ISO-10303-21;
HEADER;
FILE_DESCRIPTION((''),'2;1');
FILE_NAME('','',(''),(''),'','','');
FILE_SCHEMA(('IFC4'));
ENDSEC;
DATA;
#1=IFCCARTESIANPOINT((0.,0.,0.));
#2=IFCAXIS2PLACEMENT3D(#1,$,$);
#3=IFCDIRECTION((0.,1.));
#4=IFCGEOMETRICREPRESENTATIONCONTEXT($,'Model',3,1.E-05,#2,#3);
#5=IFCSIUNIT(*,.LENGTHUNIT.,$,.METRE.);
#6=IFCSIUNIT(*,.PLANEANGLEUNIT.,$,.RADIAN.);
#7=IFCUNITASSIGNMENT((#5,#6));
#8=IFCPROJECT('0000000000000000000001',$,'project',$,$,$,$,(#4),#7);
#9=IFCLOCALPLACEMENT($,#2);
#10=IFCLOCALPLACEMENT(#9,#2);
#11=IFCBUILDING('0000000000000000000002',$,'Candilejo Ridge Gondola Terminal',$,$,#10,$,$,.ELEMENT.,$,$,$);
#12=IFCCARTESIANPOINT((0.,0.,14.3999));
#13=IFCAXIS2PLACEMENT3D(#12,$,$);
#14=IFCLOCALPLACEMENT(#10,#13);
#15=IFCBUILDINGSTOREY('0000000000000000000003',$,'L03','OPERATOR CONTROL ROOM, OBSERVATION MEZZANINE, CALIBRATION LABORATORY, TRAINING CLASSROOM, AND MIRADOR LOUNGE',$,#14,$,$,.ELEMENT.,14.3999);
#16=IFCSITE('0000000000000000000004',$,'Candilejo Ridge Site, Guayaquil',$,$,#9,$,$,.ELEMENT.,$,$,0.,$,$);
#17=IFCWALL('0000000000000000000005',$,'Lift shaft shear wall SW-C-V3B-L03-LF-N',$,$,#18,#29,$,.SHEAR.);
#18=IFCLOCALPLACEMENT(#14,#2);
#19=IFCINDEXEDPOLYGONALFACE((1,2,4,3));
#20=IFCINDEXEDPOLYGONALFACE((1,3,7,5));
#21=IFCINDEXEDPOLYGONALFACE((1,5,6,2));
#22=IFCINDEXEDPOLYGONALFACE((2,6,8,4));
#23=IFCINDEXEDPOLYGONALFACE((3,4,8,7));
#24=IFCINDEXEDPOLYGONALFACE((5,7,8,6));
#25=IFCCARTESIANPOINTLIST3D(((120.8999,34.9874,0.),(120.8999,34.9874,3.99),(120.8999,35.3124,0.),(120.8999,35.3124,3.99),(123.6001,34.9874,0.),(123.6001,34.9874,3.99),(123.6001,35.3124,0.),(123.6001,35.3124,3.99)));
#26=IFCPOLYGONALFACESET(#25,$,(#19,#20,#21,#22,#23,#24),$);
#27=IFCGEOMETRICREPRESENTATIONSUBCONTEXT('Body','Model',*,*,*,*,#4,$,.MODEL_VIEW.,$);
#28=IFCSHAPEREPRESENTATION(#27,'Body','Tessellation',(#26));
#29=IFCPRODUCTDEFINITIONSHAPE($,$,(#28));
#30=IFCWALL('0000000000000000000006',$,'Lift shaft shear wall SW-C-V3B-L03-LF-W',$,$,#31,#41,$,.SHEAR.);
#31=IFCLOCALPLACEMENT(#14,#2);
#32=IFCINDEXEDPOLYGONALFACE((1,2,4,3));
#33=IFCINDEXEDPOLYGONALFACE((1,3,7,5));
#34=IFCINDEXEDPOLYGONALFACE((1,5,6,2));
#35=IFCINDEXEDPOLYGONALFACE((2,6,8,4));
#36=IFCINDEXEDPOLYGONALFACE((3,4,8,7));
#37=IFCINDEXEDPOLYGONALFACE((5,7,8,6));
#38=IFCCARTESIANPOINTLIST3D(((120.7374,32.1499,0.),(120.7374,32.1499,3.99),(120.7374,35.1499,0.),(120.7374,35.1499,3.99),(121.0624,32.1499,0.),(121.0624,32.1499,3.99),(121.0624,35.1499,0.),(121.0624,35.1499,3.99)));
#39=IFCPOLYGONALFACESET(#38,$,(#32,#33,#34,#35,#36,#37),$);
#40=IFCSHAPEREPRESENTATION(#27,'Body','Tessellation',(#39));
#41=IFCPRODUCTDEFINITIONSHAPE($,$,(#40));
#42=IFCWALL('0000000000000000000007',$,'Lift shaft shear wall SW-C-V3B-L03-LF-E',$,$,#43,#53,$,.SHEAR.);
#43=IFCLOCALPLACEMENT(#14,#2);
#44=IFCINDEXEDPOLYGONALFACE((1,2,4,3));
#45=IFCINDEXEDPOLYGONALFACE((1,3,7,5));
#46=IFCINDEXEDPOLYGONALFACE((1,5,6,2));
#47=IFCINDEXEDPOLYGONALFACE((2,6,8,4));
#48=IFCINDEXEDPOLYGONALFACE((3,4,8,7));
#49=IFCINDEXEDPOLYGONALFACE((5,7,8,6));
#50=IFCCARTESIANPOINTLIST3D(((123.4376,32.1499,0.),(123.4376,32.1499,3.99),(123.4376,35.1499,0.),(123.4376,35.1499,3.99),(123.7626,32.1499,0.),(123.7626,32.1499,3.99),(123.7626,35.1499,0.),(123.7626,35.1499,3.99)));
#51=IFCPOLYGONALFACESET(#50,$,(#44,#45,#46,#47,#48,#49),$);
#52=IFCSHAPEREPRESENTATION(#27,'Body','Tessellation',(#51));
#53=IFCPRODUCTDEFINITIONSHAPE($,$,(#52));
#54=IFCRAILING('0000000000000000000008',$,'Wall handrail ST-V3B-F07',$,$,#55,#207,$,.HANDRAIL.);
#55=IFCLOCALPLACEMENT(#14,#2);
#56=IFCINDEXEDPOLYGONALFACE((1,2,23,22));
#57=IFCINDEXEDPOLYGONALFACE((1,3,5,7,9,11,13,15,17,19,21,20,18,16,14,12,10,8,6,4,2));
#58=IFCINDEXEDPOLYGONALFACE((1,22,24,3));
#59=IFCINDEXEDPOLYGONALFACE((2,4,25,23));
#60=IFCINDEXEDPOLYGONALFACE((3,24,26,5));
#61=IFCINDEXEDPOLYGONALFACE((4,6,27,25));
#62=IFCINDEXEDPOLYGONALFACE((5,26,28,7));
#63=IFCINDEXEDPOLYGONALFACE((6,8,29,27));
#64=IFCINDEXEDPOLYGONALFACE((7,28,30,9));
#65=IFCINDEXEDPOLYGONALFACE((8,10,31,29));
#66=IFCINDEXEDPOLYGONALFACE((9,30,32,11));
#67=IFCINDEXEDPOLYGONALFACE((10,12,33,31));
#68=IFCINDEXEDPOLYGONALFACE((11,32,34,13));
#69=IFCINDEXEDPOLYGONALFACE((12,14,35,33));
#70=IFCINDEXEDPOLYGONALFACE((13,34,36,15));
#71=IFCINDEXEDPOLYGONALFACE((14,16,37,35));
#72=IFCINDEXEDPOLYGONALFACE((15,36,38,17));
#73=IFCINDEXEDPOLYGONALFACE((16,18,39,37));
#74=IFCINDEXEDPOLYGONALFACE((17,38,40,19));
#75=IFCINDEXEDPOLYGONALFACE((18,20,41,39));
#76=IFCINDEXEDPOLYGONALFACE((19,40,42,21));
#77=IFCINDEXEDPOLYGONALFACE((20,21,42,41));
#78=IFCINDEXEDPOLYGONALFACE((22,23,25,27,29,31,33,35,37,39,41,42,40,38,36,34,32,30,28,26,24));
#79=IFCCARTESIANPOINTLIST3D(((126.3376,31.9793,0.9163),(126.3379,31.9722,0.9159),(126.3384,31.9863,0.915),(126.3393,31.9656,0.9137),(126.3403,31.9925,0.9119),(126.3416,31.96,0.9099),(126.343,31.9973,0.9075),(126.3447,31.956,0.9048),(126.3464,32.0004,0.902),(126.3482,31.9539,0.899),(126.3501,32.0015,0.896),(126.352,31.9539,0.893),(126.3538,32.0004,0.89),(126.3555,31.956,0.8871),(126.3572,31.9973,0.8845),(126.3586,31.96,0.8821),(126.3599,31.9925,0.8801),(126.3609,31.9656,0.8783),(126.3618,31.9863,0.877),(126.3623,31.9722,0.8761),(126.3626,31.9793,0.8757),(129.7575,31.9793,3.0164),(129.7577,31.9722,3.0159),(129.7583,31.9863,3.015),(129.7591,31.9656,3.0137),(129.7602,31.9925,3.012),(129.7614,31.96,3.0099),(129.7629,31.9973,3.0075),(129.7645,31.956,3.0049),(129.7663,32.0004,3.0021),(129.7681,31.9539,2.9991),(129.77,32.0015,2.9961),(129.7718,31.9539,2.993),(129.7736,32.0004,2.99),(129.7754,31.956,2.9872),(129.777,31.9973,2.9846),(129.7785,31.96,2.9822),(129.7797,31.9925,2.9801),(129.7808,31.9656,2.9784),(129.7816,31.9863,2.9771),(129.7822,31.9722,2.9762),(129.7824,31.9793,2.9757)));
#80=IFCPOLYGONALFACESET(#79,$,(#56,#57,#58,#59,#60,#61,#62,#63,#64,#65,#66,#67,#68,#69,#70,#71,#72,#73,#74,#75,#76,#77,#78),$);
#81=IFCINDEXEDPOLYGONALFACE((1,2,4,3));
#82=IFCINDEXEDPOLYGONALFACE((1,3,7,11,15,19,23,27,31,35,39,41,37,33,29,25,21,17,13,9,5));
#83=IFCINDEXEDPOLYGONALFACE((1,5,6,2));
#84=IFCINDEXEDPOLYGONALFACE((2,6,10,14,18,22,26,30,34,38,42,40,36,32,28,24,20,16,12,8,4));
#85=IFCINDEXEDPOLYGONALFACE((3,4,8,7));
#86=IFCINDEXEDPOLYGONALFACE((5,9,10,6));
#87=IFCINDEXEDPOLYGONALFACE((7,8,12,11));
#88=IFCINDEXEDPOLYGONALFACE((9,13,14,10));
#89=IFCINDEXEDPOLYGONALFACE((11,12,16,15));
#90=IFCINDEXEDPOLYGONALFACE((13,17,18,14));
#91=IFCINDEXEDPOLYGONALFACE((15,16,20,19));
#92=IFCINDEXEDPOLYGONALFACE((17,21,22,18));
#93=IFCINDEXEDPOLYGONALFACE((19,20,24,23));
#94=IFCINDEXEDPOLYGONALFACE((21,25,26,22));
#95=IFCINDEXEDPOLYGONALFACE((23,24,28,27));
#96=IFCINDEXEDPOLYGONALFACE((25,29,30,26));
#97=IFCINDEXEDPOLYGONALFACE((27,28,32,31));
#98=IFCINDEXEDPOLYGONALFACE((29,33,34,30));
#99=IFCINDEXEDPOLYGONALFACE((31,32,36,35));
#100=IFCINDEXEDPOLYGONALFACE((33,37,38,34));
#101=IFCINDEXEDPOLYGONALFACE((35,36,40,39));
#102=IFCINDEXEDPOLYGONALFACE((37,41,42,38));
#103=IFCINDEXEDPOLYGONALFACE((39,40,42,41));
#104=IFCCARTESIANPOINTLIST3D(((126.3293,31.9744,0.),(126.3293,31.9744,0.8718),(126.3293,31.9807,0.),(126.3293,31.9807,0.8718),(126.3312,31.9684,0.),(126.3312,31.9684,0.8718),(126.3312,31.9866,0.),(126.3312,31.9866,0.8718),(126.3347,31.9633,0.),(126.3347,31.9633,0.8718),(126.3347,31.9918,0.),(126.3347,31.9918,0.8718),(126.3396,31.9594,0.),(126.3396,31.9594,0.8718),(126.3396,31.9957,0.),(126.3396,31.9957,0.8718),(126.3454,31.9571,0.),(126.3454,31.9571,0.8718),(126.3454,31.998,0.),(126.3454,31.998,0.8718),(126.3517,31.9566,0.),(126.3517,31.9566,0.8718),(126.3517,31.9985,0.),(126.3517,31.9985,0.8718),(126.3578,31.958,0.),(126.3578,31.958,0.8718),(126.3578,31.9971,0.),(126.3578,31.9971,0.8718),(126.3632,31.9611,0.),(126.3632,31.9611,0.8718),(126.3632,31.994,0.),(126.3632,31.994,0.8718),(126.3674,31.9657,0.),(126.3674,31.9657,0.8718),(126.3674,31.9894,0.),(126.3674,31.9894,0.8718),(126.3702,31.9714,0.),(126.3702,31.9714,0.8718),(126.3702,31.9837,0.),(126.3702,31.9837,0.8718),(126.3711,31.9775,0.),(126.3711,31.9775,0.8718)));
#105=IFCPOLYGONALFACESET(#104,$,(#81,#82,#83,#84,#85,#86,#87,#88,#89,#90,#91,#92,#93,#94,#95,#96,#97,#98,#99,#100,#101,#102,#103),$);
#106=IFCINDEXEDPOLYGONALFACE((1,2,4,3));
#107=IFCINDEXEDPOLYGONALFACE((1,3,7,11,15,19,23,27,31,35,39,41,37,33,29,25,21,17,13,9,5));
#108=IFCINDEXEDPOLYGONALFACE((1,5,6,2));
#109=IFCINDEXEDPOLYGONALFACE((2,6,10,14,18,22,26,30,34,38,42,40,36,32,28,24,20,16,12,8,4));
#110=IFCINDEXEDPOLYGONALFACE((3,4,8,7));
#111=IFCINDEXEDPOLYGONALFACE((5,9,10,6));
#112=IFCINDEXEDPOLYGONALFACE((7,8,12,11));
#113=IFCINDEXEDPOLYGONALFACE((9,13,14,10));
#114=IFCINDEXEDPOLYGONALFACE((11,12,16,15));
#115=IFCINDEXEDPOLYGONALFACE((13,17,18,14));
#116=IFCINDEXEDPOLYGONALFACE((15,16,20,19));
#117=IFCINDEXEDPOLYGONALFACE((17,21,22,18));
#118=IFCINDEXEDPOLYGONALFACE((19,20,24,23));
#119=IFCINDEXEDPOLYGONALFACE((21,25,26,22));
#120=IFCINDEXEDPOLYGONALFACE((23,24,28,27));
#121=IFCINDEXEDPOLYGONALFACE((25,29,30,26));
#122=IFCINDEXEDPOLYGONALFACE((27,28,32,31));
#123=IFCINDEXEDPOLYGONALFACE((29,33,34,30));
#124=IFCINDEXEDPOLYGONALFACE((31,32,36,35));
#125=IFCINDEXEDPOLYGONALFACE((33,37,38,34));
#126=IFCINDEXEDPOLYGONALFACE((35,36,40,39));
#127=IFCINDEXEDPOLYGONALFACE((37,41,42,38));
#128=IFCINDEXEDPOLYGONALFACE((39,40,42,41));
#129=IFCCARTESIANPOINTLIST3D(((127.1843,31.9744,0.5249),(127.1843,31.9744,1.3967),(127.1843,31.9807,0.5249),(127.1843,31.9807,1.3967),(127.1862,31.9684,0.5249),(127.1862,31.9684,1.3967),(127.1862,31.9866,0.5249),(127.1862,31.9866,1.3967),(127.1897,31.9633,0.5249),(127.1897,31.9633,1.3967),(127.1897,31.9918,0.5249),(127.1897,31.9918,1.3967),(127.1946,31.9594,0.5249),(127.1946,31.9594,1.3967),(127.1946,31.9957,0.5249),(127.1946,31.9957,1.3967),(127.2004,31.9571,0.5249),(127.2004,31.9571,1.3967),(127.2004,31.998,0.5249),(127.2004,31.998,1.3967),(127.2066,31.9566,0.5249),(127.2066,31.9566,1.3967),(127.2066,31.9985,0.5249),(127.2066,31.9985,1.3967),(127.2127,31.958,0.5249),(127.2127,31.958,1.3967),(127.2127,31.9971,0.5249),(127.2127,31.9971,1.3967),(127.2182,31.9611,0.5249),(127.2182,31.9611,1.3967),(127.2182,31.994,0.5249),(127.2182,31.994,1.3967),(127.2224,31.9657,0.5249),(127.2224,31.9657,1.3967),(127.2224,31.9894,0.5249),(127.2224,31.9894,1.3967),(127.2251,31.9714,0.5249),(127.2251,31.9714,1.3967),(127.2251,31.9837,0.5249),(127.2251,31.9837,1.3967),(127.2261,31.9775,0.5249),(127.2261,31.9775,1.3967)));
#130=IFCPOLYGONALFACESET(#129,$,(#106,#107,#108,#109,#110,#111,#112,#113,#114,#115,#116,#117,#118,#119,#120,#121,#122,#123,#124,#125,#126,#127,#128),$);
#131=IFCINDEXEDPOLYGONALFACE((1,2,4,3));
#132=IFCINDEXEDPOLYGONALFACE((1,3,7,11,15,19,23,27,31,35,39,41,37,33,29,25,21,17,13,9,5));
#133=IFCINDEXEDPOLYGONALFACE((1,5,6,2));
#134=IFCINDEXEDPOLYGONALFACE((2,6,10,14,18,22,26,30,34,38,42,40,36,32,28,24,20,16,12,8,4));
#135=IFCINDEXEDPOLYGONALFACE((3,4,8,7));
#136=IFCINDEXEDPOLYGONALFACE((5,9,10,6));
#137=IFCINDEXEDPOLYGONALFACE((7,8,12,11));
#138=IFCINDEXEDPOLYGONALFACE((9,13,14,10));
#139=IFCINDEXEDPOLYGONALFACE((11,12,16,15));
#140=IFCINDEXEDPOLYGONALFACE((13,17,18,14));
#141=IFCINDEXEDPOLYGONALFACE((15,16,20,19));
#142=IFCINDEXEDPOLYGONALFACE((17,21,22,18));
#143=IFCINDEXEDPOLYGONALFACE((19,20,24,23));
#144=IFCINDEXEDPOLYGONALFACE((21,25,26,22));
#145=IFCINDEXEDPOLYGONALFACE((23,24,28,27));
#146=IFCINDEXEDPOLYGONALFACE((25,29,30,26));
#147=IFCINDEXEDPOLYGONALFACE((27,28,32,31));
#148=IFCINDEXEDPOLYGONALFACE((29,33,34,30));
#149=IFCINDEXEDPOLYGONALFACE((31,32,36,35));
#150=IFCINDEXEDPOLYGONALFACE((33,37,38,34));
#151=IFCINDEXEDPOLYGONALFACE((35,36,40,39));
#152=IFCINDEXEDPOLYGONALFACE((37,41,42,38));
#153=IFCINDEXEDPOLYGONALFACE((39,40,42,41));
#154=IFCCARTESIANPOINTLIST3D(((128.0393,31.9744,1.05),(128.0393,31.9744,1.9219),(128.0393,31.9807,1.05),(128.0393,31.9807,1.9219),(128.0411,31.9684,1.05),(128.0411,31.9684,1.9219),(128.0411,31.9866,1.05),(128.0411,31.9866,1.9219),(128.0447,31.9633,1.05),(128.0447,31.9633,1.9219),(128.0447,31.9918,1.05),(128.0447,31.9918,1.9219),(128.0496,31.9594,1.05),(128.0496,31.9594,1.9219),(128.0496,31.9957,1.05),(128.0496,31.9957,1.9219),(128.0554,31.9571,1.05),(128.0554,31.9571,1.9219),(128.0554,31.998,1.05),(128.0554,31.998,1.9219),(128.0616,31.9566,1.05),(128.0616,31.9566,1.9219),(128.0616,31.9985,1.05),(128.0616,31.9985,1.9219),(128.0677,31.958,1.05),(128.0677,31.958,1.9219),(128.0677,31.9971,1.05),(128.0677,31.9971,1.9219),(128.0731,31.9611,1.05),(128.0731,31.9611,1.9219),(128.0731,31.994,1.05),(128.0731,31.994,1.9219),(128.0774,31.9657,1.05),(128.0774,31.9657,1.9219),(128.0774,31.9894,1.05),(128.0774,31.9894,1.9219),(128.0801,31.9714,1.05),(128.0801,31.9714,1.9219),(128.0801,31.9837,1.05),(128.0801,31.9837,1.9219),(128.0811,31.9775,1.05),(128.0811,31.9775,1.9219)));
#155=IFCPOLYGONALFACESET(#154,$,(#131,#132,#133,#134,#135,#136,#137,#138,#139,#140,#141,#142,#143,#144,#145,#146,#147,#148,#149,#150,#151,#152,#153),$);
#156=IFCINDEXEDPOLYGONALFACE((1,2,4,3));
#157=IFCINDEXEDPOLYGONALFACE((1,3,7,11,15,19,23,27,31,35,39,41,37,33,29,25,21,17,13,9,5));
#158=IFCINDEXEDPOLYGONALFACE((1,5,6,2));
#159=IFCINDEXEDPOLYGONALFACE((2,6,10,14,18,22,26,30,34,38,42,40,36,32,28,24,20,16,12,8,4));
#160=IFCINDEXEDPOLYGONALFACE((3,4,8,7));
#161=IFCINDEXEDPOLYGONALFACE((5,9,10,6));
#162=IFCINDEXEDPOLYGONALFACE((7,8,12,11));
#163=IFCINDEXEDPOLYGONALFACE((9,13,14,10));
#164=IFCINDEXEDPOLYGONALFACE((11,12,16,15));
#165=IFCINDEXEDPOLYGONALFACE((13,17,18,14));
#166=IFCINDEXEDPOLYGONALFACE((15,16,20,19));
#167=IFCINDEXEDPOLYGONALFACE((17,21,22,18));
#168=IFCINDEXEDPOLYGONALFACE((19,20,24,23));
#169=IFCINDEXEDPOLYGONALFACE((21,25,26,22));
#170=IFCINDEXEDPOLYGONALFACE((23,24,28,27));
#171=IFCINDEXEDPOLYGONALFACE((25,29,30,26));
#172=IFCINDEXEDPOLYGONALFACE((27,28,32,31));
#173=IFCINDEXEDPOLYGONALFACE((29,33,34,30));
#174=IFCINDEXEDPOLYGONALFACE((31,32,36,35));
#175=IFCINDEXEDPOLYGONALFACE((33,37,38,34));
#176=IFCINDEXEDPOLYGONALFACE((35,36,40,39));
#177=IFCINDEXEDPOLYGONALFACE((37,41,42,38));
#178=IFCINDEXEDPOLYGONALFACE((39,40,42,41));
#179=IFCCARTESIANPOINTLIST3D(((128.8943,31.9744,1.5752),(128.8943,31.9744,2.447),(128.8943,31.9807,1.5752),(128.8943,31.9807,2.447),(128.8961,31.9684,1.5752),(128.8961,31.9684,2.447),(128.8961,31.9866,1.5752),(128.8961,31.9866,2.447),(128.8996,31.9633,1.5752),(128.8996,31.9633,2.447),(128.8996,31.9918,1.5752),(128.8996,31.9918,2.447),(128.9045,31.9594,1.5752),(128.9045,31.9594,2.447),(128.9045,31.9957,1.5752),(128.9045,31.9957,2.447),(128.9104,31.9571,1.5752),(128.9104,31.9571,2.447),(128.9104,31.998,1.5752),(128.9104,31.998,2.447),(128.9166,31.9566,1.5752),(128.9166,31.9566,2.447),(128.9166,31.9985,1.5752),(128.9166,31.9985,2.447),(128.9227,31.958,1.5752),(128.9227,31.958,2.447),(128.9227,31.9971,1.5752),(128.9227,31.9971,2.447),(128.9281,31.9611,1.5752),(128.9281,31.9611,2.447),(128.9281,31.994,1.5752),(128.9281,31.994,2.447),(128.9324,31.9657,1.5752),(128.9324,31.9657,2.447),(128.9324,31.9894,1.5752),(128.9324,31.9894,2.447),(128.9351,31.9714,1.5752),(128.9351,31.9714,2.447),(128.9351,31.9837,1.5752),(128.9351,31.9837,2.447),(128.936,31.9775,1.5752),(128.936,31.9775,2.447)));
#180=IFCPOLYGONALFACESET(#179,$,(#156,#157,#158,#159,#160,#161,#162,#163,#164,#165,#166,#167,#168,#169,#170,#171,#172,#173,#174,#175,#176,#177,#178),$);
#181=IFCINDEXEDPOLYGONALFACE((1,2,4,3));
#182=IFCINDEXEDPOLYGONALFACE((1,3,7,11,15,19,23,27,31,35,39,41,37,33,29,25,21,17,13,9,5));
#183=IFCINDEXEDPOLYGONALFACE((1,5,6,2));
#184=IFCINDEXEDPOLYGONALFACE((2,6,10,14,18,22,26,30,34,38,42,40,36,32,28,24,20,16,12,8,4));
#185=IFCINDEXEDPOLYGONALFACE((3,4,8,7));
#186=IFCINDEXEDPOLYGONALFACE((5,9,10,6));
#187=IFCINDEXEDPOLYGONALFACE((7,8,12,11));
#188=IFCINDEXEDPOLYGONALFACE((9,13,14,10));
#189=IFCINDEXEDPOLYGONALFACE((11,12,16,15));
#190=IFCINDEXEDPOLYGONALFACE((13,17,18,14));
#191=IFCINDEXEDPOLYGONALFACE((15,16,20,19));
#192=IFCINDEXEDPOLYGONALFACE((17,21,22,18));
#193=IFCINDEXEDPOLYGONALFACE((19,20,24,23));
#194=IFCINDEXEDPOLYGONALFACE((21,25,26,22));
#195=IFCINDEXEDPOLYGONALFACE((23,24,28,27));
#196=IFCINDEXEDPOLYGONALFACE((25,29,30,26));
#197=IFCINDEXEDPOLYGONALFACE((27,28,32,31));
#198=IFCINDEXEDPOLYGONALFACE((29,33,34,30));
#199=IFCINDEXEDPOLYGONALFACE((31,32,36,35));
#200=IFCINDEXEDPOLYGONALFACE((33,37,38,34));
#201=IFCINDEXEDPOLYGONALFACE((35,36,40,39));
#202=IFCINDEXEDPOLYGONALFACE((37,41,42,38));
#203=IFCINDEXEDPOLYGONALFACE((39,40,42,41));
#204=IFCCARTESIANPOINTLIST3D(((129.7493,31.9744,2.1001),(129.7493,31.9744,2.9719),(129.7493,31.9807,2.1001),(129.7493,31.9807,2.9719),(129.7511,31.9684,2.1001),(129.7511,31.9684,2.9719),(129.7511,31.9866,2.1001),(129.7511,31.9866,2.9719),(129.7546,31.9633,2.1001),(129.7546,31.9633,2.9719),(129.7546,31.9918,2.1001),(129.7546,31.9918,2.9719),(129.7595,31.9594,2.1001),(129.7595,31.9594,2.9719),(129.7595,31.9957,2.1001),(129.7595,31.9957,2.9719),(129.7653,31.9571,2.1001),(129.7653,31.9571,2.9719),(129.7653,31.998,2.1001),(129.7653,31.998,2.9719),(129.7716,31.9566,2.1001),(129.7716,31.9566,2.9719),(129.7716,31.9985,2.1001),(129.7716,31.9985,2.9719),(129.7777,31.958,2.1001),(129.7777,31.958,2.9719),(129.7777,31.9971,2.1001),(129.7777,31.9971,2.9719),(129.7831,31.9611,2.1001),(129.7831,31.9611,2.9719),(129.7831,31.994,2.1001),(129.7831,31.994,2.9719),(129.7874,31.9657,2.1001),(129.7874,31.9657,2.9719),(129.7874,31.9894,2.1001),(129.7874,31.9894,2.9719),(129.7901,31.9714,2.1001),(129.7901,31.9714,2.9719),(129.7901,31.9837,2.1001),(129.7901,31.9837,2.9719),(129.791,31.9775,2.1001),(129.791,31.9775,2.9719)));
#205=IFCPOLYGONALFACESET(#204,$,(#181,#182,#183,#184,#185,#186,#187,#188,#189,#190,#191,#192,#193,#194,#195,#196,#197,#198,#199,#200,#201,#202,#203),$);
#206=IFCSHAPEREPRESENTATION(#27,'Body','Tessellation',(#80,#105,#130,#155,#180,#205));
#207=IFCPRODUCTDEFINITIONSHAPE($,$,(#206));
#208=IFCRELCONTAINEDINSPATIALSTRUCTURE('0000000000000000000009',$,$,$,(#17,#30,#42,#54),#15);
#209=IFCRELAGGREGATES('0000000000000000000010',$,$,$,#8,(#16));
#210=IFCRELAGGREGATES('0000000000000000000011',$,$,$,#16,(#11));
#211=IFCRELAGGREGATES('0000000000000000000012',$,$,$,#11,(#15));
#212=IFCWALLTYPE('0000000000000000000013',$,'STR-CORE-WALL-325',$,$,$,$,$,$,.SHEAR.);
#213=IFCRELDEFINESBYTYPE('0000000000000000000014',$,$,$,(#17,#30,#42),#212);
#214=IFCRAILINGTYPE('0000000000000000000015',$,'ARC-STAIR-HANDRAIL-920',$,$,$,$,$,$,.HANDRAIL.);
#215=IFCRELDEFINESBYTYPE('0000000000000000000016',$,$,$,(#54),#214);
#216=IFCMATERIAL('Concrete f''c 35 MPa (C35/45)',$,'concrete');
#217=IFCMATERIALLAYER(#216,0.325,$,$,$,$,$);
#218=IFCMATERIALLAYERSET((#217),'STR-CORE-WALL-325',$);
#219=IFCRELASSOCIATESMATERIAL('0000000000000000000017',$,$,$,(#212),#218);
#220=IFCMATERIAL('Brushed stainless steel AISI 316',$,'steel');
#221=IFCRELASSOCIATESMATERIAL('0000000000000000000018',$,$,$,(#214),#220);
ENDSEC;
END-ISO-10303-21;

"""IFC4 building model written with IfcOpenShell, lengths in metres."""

from ifc_helpers import new_model, si_unit, direction, frame, frame_2d, origin, origin_2d, place, context, subcontext, project, spatial, rectangle, circle, extrude, material, layer, layer_set, type_object, element, save


model = new_model("IFC4")

# Units and contexts
model_context = context("Model", 3, precision=1e-05, world=origin(), true_north=direction((0.0, 1.0)))
body_context = subcontext(model_context, "Body", "Model", "MODEL_VIEW")
ifc_project = project(units=[si_unit("LENGTHUNIT", "METRE"), si_unit("PLANEANGLEUNIT", "RADIAN")], contexts=[model_context])

# Site, building, storey
site_placement = place(None, origin())
site = spatial("IfcSite", under=ifc_project, at=site_placement, Name="Candilejo Ridge Site, Guayaquil", CompositionType="ELEMENT", RefElevation=0.0)
building_placement = place(site_placement, origin())
building = spatial("IfcBuilding", under=site, at=building_placement, Name="Candilejo Ridge Gondola Terminal", CompositionType="ELEMENT")
storey_placement = place(building_placement, frame((0.0, 0.0, 14.3999)))
storey = spatial("IfcBuildingStorey", under=building, at=storey_placement, Name="L03", Description="OPERATOR CONTROL ROOM, OBSERVATION MEZZANINE, CALIBRATION LABORATORY, TRAINING CLASSROOM, AND MIRADOR LOUNGE", CompositionType="ELEMENT", Elevation=14.3999)

# Shared definitions
ifc_material_1 = material(Name="Concrete f'c 35 MPa (C35/45)", Category="concrete")
ifc_layer_1 = layer(ifc_material_1, 0.325)
ifc_layer_set_1 = layer_set([ifc_layer_1], Name="STR-CORE-WALL-325")
wall_type_1 = type_object("IfcWallType", Name="STR-CORE-WALL-325", PredefinedType="SHEAR", material=ifc_layer_set_1)

# Walls
wall_1_placement = place(storey_placement, frame((120.8999, 35.1499, 0.0), z_axis=(0.0, 0.0, 1.0), x_axis=(1.0, 0.0, 0.0)))
element("IfcWall", 1, at=wall_1_placement, inside=storey, type_object=wall_type_1, Name="Lift shaft shear wall SW-C-V3B-L03-LF-N", PredefinedType="SHEAR", context=body_context, shape_type="SweptSolid", body=[
    extrude(rectangle(XDim=2.7002, YDim=0.325, at=frame_2d((1.3501, 0.0))), origin(), (0.0, 0.0, 1.0), 3.99),
])
for number, where, z_axis, x_axis, name in (
    (2, (120.8999, 32.1499, 0.0), (0.0, 0.0, 1.0), (0.0, 1.0, 0.0), "Lift shaft shear wall SW-C-V3B-L03-LF-W"),
    (3, (123.6001, 32.1499, 0.0), (0.0, 0.0, 1.0), (0.0, 1.0, 0.0), "Lift shaft shear wall SW-C-V3B-L03-LF-E"),
):
    element("IfcWall", number, at=place(storey_placement, frame(where, z_axis=z_axis, x_axis=x_axis)), inside=storey, type_object=wall_type_1, Name=name, PredefinedType="SHEAR", context=body_context, shape_type="SweptSolid", body=[
        extrude(rectangle(XDim=3.0, YDim=0.325, at=frame_2d((1.5, 0.0))), origin(), (0.0, 0.0, 1.0), 3.99),
    ])

# Railing
ifc_material_2 = material(Name="Brushed stainless steel AISI 316", Category="steel")
railing_type = type_object("IfcRailingType", Name="ARC-STAIR-HANDRAIL-920", PredefinedType="HANDRAIL", material=ifc_material_2)
railing_placement = place(storey_placement, frame((126.3501, 31.9775, 0.0)))
element("IfcRailing", 4, at=railing_placement, inside=storey, type_object=railing_type, Name="Wall handrail ST-V3B-F07", PredefinedType="HANDRAIL", context=body_context, shape_type="SweptSolid", body=[
    extrude(circle(Radius=0.0239, at=origin_2d()), frame((0.0, 0.0, 0.896), z_axis=(0.852155, 0.0, 0.523289), x_axis=(0.0, 1.0, 0.0)), (0.0, 0.0, 1.0), 4.0132),
    extrude(circle(Radius=0.021, at=origin_2d()), origin(), (0.0, 0.0, 1.0), 0.8718),
    extrude(circle(Radius=0.021, at=origin_2d()), frame((0.855, 0.0, 0.5249)), (0.0, 0.0, 1.0), 0.8718),
    extrude(circle(Radius=0.021, at=origin_2d()), frame((1.71, 0.0, 1.05)), (0.0, 0.0, 1.0), 0.8718),
    extrude(circle(Radius=0.021, at=origin_2d()), frame((2.5649, 0.0, 1.5752)), (0.0, 0.0, 1.0), 0.8718),
    extrude(circle(Radius=0.021, at=origin_2d()), frame((3.4199, 0.0, 2.1001)), (0.0, 0.0, 1.0), 0.8718),
])

save(model, "model.ifc")
